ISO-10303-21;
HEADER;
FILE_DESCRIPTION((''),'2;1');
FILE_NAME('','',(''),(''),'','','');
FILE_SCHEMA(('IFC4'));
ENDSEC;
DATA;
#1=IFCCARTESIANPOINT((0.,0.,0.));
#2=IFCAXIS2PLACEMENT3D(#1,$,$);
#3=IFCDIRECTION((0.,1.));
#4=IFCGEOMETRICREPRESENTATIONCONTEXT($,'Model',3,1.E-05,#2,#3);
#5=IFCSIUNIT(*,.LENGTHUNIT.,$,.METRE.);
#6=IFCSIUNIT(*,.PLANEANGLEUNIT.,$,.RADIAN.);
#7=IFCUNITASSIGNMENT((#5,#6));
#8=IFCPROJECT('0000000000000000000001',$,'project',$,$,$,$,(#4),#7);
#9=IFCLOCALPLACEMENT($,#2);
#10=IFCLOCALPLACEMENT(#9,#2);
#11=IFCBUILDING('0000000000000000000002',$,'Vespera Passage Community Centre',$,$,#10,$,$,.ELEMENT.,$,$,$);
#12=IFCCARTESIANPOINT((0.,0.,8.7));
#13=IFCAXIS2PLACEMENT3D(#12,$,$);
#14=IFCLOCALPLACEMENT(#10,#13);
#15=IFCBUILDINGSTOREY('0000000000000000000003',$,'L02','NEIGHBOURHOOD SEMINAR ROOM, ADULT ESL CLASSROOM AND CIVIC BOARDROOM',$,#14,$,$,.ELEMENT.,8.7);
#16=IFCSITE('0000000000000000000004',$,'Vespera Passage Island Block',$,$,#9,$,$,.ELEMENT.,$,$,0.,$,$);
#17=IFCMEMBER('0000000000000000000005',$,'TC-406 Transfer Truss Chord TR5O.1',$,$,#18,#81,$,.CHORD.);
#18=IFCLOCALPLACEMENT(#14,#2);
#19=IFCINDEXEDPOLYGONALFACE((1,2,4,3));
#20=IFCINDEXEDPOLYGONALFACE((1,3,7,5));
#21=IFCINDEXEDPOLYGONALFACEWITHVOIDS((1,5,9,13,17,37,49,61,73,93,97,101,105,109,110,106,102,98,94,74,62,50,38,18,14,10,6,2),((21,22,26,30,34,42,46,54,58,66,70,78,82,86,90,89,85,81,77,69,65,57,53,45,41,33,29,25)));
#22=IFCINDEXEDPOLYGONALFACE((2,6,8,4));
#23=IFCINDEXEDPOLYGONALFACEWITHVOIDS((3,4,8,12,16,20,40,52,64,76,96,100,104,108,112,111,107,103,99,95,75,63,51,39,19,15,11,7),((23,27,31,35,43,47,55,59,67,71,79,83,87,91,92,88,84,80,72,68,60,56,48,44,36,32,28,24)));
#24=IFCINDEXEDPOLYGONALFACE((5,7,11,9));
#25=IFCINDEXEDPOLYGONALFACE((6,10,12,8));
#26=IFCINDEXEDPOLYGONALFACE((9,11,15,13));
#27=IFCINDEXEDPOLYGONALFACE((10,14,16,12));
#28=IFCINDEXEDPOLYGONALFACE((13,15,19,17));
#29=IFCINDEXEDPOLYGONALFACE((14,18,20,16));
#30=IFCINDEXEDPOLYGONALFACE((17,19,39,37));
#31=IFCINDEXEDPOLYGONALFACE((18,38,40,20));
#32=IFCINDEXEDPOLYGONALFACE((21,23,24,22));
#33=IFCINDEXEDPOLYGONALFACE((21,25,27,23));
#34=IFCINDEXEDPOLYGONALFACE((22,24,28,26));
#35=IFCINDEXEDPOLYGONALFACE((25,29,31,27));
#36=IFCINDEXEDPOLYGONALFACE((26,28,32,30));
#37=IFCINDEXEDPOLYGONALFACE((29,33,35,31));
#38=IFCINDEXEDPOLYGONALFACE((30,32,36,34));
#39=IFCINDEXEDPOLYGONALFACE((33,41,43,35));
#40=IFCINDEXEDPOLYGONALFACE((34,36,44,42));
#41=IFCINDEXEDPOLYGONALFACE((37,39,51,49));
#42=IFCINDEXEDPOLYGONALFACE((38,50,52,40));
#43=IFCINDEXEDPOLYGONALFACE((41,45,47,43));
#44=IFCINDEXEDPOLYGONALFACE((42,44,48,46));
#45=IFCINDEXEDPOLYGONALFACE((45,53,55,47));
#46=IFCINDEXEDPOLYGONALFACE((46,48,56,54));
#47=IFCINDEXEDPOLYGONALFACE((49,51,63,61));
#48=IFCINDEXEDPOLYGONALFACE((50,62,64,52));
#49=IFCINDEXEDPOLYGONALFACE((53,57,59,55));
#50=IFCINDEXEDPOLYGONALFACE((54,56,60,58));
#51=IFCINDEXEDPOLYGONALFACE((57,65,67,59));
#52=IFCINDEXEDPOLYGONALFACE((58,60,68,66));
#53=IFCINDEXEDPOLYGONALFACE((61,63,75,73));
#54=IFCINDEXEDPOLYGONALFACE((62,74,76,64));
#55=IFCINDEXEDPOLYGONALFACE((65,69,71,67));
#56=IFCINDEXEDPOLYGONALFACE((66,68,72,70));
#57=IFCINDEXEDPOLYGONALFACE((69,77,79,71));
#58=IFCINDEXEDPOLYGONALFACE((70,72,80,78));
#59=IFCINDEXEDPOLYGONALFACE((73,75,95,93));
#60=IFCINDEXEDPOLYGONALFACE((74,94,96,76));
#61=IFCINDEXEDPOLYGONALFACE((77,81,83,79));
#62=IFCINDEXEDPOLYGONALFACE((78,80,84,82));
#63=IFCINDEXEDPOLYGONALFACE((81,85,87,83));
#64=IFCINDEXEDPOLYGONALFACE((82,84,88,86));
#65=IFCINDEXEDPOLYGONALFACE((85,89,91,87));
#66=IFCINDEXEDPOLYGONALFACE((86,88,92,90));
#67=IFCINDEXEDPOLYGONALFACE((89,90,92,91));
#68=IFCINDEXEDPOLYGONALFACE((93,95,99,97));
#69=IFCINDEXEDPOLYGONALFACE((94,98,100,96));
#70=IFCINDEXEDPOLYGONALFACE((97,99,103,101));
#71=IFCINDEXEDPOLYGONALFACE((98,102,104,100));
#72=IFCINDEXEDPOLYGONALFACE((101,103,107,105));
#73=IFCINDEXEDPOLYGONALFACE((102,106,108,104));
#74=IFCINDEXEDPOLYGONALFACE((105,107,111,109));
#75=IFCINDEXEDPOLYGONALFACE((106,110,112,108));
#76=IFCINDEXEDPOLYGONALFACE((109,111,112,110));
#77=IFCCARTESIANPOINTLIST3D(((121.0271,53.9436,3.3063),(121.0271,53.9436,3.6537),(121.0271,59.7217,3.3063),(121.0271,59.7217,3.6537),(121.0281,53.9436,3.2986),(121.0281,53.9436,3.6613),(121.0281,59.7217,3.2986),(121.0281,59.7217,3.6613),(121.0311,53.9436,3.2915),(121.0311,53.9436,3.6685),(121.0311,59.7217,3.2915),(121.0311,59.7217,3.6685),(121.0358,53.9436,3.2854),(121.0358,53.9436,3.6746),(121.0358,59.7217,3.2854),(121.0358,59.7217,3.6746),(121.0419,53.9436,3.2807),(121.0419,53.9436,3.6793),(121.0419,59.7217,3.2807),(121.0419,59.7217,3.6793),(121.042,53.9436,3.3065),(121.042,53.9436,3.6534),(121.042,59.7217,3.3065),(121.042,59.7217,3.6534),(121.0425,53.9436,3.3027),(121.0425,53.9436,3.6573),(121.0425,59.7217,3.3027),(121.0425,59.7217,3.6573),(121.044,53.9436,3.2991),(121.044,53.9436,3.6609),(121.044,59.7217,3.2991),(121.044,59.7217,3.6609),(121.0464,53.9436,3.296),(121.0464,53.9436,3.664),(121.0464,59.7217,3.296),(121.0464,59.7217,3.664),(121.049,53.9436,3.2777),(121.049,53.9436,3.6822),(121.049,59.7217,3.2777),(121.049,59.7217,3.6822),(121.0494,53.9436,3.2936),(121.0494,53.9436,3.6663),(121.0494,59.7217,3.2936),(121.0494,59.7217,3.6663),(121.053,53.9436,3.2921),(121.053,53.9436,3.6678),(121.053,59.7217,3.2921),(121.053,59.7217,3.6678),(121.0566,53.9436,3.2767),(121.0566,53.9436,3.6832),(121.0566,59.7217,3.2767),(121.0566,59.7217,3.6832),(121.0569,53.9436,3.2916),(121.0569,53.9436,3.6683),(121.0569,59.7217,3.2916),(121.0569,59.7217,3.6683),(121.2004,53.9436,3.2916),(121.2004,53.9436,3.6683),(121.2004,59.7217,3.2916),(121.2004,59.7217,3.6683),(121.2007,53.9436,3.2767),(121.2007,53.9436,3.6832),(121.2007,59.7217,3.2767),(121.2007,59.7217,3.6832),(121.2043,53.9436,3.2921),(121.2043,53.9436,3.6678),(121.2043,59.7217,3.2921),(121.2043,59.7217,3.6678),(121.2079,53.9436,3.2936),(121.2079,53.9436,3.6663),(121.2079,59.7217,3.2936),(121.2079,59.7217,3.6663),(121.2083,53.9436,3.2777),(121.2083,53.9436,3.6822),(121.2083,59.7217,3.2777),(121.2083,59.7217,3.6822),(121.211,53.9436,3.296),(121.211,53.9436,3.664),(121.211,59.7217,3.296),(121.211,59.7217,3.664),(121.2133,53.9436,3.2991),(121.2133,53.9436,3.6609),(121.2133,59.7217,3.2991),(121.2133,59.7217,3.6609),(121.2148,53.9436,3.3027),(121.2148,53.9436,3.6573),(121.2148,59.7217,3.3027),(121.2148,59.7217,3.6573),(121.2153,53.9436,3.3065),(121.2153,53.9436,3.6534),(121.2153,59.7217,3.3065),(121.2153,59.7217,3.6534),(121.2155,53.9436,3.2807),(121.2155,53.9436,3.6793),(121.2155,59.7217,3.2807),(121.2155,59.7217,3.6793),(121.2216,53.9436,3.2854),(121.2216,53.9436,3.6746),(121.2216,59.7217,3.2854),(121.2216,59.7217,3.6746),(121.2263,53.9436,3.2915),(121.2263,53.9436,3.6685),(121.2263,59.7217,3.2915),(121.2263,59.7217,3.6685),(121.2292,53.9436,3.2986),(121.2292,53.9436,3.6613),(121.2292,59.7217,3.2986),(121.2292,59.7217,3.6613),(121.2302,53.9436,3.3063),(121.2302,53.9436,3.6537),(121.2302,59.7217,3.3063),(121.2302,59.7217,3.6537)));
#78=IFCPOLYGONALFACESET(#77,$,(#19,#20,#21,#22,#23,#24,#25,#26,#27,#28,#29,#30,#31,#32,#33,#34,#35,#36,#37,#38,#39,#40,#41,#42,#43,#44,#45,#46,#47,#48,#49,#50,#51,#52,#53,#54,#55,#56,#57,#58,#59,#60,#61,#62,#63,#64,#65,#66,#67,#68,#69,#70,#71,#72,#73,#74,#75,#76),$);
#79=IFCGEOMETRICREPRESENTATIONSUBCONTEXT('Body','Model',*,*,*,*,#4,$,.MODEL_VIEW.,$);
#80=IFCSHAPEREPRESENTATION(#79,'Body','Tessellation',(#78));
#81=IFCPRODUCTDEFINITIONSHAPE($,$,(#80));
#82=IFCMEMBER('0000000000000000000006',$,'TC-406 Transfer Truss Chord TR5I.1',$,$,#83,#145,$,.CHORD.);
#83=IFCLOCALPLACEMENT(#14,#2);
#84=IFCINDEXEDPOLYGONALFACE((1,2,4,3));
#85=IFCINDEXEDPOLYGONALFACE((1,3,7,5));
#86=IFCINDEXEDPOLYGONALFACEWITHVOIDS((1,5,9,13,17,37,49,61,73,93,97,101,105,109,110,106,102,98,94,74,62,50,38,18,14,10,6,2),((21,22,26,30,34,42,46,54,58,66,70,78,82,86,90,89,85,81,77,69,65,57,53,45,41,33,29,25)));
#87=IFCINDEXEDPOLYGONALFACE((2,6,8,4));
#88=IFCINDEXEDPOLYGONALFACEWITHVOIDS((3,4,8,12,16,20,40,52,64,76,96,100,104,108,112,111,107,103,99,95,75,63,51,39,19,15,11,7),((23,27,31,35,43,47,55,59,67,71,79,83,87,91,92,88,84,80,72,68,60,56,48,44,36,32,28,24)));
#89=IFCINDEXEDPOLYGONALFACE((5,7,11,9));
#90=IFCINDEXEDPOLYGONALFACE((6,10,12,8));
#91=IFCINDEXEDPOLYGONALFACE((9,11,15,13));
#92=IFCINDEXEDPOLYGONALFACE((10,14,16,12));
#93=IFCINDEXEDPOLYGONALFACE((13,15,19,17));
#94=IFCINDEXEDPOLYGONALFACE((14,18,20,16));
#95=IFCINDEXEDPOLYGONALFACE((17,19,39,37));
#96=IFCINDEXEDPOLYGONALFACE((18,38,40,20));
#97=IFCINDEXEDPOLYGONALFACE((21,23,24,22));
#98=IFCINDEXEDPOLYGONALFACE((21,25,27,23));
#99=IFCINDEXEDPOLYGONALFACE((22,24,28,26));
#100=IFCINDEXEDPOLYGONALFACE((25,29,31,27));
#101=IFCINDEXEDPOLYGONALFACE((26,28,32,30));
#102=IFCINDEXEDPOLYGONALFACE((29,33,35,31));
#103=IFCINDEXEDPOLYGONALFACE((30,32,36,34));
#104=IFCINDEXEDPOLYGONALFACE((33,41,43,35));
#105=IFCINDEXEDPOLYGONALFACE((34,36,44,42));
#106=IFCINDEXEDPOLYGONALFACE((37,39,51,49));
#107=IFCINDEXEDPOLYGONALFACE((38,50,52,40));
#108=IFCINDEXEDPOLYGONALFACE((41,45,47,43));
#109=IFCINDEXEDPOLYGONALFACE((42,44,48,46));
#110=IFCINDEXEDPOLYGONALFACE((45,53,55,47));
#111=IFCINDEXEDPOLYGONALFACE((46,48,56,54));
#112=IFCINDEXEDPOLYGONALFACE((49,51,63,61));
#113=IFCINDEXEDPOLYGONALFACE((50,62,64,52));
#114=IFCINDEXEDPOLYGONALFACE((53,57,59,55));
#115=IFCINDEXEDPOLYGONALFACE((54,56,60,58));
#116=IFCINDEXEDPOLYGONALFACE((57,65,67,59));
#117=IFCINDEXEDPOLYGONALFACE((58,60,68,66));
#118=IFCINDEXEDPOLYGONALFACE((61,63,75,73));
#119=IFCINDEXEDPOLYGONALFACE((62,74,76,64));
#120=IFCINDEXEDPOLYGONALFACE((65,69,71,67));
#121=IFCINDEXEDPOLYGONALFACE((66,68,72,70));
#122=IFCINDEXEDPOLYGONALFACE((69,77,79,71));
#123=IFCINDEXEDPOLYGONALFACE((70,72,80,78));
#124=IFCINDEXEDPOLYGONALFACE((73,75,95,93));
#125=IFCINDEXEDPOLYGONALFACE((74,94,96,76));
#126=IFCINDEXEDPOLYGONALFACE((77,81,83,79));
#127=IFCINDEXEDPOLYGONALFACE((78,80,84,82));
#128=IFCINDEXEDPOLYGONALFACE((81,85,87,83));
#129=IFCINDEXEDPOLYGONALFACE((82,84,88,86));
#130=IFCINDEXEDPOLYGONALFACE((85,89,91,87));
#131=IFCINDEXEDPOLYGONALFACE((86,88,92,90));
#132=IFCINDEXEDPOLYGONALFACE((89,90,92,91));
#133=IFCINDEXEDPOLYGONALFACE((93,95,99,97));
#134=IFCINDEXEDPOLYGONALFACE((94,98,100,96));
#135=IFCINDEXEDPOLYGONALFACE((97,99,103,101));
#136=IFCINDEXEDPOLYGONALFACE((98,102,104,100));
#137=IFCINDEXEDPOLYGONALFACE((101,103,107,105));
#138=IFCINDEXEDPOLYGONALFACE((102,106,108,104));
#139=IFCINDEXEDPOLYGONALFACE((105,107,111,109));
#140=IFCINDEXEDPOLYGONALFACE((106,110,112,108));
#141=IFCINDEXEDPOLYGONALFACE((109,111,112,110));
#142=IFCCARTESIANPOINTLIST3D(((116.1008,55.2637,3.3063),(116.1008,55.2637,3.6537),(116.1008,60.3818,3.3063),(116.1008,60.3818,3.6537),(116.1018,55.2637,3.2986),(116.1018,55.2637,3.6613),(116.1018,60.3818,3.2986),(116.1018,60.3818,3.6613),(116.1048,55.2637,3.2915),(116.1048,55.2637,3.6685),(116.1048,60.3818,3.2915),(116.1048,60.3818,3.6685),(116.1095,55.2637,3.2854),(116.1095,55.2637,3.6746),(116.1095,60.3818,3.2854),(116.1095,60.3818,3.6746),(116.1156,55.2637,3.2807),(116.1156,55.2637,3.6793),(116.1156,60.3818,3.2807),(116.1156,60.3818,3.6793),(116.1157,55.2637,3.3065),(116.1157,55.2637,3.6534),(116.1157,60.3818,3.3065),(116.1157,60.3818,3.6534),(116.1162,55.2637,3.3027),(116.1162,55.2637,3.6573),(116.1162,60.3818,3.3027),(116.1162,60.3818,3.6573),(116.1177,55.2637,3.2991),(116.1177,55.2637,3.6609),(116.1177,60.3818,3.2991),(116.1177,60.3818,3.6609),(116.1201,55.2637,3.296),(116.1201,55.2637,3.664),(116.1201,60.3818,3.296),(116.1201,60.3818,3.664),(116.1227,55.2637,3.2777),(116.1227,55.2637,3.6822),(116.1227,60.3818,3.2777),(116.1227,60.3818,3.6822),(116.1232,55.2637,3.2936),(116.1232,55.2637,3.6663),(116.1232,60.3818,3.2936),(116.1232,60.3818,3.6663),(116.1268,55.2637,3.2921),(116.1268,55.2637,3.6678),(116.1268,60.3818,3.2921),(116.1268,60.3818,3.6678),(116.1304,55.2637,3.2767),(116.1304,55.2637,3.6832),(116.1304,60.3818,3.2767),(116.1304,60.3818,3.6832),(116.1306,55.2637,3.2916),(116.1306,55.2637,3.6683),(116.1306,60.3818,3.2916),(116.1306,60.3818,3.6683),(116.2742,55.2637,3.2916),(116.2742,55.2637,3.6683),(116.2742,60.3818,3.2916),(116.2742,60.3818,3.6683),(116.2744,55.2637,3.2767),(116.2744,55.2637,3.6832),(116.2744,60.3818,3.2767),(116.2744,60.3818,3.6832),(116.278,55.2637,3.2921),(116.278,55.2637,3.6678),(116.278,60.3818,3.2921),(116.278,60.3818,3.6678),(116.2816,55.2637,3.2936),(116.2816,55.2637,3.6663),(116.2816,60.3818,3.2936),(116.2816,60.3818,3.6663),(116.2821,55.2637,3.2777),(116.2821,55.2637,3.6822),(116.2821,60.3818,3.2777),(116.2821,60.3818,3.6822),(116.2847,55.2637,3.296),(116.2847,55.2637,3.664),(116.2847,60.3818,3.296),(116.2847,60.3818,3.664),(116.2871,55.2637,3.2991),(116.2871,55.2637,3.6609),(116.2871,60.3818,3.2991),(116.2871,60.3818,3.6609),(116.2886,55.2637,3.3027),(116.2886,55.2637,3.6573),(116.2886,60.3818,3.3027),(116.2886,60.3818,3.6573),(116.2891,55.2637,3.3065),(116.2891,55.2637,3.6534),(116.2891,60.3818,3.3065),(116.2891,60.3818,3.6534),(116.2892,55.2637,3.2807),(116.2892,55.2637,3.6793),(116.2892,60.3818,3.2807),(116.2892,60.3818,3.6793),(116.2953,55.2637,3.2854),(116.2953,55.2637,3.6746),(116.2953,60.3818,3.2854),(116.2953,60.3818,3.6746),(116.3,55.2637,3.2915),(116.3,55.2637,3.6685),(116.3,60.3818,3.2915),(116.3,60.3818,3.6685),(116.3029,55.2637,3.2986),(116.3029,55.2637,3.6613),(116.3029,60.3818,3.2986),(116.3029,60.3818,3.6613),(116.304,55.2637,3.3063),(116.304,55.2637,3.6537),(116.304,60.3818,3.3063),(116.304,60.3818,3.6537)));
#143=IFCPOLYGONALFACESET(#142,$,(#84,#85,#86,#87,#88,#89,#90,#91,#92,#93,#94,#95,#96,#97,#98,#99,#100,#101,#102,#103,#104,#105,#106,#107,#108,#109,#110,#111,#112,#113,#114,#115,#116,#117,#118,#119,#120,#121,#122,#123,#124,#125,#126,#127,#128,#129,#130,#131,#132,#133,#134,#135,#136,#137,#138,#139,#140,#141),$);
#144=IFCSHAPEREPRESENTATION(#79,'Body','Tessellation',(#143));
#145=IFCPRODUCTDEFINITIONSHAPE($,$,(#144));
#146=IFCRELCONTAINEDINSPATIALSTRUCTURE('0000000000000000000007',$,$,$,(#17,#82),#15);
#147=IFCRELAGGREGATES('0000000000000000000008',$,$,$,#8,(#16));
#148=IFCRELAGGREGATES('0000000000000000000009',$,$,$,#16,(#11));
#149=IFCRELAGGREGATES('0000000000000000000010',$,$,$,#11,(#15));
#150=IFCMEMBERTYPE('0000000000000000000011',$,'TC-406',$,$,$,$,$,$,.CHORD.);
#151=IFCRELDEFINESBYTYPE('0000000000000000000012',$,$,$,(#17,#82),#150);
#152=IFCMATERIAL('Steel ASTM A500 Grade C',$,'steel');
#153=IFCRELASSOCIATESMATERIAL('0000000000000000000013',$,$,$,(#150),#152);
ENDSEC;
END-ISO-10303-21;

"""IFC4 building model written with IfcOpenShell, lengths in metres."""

from ifc_helpers import new_model, si_unit, direction, frame, origin, origin_2d, place, context, subcontext, project, spatial, hollow_rectangle, extrude, material, material_profile, profile_set, type_object, element, save


model = new_model("IFC4")

# Units and contexts
model_context = context("Model", 3, precision=1e-05, world=origin(), true_north=direction((0.0, 1.0)))
body_context = subcontext(model_context, "Body", "Model", "MODEL_VIEW")
ifc_project = project(units=[si_unit("LENGTHUNIT", "METRE"), si_unit("PLANEANGLEUNIT", "RADIAN")], contexts=[model_context])

# Site, building, storey
site_placement = place(None, origin())
site = spatial("IfcSite", under=ifc_project, at=site_placement, Name="Vespera Passage Island Block", CompositionType="ELEMENT", RefElevation=0.0)
building_placement = place(site_placement, origin())
building = spatial("IfcBuilding", under=site, at=building_placement, Name="Vespera Passage Community Centre", CompositionType="ELEMENT")
storey_placement = place(building_placement, frame((0.0, 0.0, 8.7)))
storey = spatial("IfcBuildingStorey", under=building, at=storey_placement, Name="L02", Description="NEIGHBOURHOOD SEMINAR ROOM, ADULT ESL CLASSROOM AND CIVIC BOARDROOM", CompositionType="ELEMENT", Elevation=8.7)

# Members
ifc_material_1 = material(Name="Steel ASTM A500 Grade C", Category="steel")
ifc_material_profile_1 = material_profile(ifc_material_1, hollow_rectangle(XDim=0.2031, YDim=0.4065, WallThickness=0.0149, InnerFilletRadius=0.0149, OuterFilletRadius=0.0295, at=origin_2d()), Name="HSS406X203X15.9")
ifc_profile_set_1 = profile_set([ifc_material_profile_1], Name="Steel ASTM A500 Grade C")
member_type_1 = type_object("IfcMemberType", Name="TC-406", PredefinedType="CHORD", material=ifc_profile_set_1)
member_1_placement = place(storey_placement, frame((121.1287, 53.9436, 3.48), z_axis=(0.0, 1.0, 0.0), x_axis=(-1.0, 0.0, 0.0)))
element("IfcMember", 1, at=member_1_placement, inside=storey, type_object=member_type_1, Name="TC-406 Transfer Truss Chord TR5O.1", PredefinedType="CHORD", context=body_context, shape_type="SweptSolid", body=[
    extrude(hollow_rectangle(XDim=0.2031, YDim=0.4065, WallThickness=0.0149, InnerFilletRadius=0.0149, OuterFilletRadius=0.0295, at=origin_2d()), origin(), (0.0, 0.0, 1.0), 5.7781),
])
member_2_placement = place(storey_placement, frame((116.2024, 55.2637, 3.48), z_axis=(0.0, 1.0, 0.0), x_axis=(-1.0, 0.0, 0.0)))
element("IfcMember", 2, at=member_2_placement, inside=storey, type_object=member_type_1, Name="TC-406 Transfer Truss Chord TR5I.1", PredefinedType="CHORD", context=body_context, shape_type="SweptSolid", body=[
    extrude(hollow_rectangle(XDim=0.2031, YDim=0.4065, WallThickness=0.0149, InnerFilletRadius=0.0149, OuterFilletRadius=0.0295, at=origin_2d()), origin(), (0.0, 0.0, 1.0), 5.1182),
])

save(model, "model.ifc")
